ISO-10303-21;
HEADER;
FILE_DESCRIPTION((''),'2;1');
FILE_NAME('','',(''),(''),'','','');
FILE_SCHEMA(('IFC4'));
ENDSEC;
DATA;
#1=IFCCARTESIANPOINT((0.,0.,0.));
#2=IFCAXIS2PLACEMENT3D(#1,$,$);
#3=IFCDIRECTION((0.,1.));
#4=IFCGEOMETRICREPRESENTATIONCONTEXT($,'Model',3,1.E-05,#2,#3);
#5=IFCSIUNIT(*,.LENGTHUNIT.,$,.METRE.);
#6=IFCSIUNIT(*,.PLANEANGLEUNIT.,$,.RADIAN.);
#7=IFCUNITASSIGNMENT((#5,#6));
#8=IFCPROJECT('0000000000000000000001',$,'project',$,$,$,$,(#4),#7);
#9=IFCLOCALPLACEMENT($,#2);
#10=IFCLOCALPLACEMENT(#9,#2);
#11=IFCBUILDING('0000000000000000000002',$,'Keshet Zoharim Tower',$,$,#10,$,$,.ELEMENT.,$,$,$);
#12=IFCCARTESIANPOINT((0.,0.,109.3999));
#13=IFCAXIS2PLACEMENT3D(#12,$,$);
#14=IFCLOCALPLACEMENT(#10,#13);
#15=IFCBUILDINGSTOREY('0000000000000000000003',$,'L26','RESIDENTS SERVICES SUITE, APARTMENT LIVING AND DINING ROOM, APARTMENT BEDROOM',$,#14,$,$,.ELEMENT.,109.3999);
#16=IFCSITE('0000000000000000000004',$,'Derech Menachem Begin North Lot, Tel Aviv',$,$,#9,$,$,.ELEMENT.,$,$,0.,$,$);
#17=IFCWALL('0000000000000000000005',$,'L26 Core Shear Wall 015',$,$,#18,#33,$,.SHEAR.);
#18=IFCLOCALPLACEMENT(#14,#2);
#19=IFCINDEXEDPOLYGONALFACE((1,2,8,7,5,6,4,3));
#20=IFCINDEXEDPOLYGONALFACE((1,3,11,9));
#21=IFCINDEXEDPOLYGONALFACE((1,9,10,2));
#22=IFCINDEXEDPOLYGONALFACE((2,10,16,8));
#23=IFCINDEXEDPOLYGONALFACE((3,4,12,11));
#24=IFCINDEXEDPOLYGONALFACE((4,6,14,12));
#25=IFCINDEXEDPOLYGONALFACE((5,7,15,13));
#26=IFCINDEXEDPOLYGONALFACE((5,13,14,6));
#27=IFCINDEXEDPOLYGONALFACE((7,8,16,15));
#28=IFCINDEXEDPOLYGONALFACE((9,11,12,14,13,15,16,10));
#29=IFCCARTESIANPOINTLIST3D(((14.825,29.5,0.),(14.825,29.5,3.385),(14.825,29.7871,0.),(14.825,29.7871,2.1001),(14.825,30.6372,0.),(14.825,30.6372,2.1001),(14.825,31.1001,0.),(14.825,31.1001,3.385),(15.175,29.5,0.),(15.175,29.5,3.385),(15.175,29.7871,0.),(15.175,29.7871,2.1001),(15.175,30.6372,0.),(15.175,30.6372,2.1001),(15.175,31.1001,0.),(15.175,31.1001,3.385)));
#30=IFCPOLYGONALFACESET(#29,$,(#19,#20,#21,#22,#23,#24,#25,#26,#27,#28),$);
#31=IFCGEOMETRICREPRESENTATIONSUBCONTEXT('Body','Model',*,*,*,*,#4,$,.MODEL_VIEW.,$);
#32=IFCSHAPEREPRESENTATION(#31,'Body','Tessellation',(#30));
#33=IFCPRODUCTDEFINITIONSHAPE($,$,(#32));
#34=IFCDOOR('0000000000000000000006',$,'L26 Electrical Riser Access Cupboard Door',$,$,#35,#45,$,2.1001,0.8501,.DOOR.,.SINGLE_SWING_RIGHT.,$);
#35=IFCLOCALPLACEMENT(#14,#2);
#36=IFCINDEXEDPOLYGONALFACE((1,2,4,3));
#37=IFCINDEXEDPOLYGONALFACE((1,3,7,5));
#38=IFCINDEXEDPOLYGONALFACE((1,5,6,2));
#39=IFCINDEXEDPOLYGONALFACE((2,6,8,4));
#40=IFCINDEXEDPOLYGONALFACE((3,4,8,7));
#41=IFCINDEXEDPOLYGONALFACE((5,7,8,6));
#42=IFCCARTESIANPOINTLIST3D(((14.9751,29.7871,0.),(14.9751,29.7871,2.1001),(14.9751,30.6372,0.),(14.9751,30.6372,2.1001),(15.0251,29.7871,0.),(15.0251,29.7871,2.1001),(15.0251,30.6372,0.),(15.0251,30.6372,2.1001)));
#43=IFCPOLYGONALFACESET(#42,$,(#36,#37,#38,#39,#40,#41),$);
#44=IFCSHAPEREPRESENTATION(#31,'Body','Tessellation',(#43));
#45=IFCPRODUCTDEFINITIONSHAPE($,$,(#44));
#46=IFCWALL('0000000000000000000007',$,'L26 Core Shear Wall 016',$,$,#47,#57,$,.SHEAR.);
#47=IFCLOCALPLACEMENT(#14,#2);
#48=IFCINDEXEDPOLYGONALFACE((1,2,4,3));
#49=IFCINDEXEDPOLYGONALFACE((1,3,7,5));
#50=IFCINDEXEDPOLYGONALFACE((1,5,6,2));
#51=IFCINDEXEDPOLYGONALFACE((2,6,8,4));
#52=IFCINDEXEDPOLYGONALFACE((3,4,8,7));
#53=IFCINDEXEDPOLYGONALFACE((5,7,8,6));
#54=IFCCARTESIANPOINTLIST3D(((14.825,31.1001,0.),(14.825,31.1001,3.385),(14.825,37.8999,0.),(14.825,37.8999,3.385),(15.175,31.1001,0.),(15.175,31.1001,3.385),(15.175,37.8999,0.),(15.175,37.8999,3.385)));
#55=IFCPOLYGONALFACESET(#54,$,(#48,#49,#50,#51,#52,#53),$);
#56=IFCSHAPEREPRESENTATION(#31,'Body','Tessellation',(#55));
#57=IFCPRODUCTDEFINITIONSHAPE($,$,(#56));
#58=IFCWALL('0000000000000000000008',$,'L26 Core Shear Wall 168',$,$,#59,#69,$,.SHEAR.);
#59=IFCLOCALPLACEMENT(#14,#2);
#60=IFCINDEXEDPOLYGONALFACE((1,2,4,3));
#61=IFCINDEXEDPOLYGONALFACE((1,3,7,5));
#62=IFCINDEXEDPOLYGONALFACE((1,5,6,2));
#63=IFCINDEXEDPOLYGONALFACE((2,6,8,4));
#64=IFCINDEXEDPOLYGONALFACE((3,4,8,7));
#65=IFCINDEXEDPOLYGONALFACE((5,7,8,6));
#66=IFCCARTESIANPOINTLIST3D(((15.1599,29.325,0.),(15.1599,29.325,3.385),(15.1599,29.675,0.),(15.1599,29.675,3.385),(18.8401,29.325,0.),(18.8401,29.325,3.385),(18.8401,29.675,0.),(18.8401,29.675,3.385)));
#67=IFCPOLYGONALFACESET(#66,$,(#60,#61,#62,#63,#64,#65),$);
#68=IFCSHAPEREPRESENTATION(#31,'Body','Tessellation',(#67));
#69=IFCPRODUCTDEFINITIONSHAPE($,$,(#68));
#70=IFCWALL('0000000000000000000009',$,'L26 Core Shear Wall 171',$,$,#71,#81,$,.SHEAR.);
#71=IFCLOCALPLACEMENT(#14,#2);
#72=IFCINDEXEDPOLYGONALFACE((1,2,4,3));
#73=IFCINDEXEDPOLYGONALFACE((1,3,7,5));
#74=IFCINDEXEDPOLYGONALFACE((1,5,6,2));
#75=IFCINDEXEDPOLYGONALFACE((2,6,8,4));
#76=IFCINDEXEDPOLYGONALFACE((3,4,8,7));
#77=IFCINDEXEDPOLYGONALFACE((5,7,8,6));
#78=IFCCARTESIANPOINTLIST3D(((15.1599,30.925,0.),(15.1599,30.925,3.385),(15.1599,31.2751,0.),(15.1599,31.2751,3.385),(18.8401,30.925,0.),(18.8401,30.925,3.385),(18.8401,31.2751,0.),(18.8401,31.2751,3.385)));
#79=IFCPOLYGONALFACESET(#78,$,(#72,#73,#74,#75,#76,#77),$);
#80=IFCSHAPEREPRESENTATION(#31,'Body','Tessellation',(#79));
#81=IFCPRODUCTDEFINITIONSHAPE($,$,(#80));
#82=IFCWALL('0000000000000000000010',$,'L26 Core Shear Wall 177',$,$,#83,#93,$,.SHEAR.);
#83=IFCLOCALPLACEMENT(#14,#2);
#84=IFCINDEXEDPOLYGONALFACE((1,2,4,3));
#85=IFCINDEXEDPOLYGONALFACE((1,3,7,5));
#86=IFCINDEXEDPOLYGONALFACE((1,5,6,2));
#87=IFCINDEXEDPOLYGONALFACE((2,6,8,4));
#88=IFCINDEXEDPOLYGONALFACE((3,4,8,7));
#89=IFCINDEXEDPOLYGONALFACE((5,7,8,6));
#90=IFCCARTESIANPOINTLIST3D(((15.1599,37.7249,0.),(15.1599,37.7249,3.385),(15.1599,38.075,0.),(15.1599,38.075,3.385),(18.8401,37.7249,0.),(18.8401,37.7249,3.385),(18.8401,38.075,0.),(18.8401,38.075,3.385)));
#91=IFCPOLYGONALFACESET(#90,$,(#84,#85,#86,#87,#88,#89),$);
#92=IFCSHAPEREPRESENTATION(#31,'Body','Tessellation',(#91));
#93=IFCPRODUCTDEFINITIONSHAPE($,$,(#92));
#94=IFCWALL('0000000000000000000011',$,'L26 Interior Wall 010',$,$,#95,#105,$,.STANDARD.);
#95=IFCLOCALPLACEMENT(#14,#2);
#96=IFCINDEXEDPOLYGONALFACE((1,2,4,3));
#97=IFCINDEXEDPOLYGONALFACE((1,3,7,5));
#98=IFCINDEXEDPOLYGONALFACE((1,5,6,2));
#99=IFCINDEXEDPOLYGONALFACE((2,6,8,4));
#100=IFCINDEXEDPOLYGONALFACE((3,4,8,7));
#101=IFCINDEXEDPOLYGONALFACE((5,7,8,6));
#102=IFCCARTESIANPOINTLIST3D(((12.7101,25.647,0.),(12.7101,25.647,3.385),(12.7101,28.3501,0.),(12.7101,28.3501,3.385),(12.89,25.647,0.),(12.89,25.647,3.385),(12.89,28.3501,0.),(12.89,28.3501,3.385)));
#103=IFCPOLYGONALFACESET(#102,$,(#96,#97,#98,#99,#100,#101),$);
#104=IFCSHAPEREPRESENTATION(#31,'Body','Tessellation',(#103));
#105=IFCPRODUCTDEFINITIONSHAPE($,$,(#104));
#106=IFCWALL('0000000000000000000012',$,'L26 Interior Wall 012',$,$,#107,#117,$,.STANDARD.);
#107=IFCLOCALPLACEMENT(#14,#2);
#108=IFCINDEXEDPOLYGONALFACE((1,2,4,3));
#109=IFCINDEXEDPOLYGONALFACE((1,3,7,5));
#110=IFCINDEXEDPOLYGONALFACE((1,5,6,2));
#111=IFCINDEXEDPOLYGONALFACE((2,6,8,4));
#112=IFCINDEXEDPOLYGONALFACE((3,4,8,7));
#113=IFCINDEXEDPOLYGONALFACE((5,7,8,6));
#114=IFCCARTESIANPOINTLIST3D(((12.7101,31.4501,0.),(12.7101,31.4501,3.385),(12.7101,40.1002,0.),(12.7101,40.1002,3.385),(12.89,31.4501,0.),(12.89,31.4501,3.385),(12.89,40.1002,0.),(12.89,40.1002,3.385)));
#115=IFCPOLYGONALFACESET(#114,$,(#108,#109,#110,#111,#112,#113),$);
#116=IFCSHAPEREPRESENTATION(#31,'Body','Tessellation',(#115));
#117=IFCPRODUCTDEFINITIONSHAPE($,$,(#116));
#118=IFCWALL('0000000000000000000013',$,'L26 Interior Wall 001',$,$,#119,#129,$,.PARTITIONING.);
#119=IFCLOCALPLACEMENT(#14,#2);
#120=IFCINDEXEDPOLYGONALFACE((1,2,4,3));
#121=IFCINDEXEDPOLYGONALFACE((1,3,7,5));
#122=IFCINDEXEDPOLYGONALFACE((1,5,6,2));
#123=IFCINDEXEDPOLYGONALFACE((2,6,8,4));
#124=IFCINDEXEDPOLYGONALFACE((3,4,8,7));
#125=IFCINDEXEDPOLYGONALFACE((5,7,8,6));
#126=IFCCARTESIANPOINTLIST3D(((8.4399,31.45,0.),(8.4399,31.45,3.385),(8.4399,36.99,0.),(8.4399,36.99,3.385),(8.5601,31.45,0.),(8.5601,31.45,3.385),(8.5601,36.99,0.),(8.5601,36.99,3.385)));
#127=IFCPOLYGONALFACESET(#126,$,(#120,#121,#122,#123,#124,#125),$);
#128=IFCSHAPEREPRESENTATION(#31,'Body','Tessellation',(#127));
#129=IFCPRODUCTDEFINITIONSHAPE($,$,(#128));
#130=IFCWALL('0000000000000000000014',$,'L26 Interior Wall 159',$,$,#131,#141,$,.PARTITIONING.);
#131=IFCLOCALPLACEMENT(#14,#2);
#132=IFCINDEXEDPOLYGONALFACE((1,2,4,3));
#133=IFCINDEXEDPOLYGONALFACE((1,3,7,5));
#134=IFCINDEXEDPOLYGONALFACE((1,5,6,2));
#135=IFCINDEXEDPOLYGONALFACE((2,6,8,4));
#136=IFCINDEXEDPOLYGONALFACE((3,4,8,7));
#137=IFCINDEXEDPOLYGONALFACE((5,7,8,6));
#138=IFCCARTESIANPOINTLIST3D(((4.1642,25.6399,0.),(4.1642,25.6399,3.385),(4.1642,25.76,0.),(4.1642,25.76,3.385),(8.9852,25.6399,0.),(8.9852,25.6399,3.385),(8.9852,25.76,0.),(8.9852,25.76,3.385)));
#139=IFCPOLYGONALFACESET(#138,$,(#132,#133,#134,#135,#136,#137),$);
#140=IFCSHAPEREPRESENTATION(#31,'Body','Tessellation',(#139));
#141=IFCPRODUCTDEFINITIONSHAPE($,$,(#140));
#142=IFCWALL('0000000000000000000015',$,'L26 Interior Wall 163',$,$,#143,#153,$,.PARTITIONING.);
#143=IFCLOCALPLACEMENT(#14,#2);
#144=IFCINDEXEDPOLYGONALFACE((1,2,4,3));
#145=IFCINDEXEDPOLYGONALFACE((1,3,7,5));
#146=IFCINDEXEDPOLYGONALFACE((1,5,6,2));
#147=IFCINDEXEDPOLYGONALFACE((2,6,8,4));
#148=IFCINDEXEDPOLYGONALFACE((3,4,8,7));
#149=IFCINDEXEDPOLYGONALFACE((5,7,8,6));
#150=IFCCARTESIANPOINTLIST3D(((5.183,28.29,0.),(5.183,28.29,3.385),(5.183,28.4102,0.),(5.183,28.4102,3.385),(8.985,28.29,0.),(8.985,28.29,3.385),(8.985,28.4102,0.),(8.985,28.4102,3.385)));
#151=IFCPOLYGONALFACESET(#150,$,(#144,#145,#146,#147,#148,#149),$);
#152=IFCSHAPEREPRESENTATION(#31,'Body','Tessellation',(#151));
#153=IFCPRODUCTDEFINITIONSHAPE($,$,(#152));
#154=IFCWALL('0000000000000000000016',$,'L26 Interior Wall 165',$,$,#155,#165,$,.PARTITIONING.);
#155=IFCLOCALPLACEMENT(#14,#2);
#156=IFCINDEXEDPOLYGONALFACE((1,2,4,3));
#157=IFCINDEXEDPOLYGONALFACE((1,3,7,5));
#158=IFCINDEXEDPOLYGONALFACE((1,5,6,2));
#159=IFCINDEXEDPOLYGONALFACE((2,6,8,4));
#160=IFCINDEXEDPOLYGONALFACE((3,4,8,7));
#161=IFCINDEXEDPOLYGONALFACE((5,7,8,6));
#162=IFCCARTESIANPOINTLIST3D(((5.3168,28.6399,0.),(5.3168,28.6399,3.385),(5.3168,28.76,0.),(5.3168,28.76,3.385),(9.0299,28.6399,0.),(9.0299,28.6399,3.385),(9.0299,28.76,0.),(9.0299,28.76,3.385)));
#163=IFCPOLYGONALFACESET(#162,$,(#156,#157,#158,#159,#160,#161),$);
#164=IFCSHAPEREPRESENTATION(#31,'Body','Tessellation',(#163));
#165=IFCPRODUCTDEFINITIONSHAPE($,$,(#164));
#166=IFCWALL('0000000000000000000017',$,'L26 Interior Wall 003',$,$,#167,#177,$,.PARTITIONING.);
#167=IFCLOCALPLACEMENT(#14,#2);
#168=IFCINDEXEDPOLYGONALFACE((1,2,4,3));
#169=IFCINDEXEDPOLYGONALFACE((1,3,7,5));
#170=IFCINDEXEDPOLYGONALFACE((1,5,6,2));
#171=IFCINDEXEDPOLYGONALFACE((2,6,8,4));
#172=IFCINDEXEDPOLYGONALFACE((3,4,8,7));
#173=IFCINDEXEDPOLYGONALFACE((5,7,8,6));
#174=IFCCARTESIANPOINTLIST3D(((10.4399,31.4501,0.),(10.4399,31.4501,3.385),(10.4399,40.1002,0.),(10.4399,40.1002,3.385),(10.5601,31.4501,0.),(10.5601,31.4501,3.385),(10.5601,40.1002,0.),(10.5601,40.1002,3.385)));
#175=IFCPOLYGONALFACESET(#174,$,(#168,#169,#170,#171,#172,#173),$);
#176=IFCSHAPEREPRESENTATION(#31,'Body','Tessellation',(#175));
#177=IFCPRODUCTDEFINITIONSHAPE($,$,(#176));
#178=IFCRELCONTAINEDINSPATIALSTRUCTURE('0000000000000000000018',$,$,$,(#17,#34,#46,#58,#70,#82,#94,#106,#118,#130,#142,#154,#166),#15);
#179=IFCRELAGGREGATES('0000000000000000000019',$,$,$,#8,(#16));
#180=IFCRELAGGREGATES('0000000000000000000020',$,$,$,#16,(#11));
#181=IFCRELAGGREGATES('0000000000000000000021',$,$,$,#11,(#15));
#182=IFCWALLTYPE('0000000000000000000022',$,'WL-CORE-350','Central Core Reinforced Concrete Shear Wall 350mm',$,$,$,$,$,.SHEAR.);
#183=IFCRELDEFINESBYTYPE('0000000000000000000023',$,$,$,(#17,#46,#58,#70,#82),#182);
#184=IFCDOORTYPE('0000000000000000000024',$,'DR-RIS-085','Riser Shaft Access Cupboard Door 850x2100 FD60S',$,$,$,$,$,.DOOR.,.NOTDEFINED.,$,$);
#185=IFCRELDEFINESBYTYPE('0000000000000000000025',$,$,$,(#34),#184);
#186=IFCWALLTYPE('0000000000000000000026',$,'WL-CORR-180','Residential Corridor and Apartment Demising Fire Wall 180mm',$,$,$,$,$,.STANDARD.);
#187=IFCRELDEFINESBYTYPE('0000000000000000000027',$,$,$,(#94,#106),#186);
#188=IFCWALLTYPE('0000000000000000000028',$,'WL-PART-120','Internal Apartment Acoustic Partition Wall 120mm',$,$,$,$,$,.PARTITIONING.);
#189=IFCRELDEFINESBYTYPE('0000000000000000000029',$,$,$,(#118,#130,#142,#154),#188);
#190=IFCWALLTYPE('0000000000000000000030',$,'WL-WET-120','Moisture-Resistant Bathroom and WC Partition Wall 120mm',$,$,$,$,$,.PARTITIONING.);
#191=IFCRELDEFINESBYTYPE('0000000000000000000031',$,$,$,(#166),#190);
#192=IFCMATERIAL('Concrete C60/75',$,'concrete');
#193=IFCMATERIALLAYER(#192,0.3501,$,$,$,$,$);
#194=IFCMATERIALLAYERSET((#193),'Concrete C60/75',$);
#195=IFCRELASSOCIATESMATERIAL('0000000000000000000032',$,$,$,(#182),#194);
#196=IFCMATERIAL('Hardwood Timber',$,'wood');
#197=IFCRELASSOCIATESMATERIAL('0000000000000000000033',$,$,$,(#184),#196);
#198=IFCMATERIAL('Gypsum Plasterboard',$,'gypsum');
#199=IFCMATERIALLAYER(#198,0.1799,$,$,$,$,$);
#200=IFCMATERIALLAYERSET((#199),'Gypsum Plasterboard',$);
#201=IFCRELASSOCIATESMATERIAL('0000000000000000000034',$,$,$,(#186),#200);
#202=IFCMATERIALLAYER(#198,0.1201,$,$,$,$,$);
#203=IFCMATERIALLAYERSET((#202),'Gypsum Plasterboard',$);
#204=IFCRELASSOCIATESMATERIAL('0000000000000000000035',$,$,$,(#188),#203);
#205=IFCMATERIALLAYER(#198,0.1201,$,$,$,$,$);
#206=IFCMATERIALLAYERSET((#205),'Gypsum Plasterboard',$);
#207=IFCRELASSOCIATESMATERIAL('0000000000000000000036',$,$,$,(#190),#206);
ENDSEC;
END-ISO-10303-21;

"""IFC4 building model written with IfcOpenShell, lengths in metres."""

from ifc_helpers import new_model, si_unit, direction, frame, frame_2d, origin, place, context, subcontext, project, spatial, rectangle, extrude, material, layer, layer_set, type_object, element, fill, save


model = new_model("IFC4")

# Units and contexts
model_context = context("Model", 3, precision=1e-05, world=origin(), true_north=direction((0.0, 1.0)))
body_context = subcontext(model_context, "Body", "Model", "MODEL_VIEW")
ifc_project = project(units=[si_unit("LENGTHUNIT", "METRE"), si_unit("PLANEANGLEUNIT", "RADIAN")], contexts=[model_context])

# Site, building, storey
site_placement = place(None, origin())
site = spatial("IfcSite", under=ifc_project, at=site_placement, Name="Derech Menachem Begin North Lot, Tel Aviv", CompositionType="ELEMENT", RefElevation=0.0)
building_placement = place(site_placement, origin())
building = spatial("IfcBuilding", under=site, at=building_placement, Name="Keshet Zoharim Tower", CompositionType="ELEMENT")
storey_placement = place(building_placement, frame((0.0, 0.0, 109.3999)))
storey = spatial("IfcBuildingStorey", under=building, at=storey_placement, Name="L26", Description="RESIDENTS SERVICES SUITE, APARTMENT LIVING AND DINING ROOM, APARTMENT BEDROOM", CompositionType="ELEMENT", Elevation=109.3999)

# Wall, opening, door
ifc_material_1 = material(Name="Concrete C60/75", Category="concrete")
ifc_layer_1 = layer(ifc_material_1, 0.3501)
ifc_layer_set_1 = layer_set([ifc_layer_1], Name="Concrete C60/75")
wall_type_1 = type_object("IfcWallType", Name="WL-CORE-350", Description="Central Core Reinforced Concrete Shear Wall 350mm", PredefinedType="SHEAR", material=ifc_layer_set_1)
wall_1_placement = place(storey_placement, frame((15.0, 29.5, 0.0), z_axis=(0.0, 0.0, 1.0), x_axis=(0.0, 1.0, 0.0)))
wall_1 = element("IfcWall", 1, at=wall_1_placement, inside=storey, type_object=wall_type_1, Name="L26 Core Shear Wall 015", PredefinedType="SHEAR", context=body_context, shape_type="SweptSolid", body=[
    extrude(rectangle(XDim=1.6001, YDim=0.3501, at=frame_2d((0.8, 0.0))), origin(), (0.0, 0.0, 1.0), 3.385),
])
opening_1_placement = place(wall_1_placement, frame((0.2871, 0.0, 0.0)))
opening_1 = element("IfcOpeningElement", 2, at=opening_1_placement, cuts=wall_1, PredefinedType="OPENING", context=body_context, shape_type="SweptSolid", body=[
    extrude(rectangle(XDim=0.8501, YDim=2.1001, at=frame_2d((0.425, 1.05))), frame((0.0, 0.1851, 0.0), z_axis=(0.0, -1.0, 0.0), x_axis=(1.0, 0.0, 0.0)), (0.0, 0.0, 1.0), 0.3701),
])
ifc_material_2 = material(Name="Hardwood Timber", Category="wood")
door_type_1 = type_object("IfcDoorType", Name="DR-RIS-085", Description="Riser Shaft Access Cupboard Door 850x2100 FD60S", OperationType="NOTDEFINED", PredefinedType="DOOR", material=ifc_material_2)
door_1_placement = place(opening_1_placement, origin())
door_1 = element("IfcDoor", 3, at=door_1_placement, inside=storey, type_object=door_type_1, Name="L26 Electrical Riser Access Cupboard Door", OperationType="SINGLE_SWING_RIGHT", OverallHeight=2.1001, OverallWidth=0.8501, PredefinedType="DOOR", context=body_context, shape_type="SweptSolid", body=[
    extrude(rectangle(XDim=0.8501, YDim=2.1001, at=frame_2d((0.425, 1.05))), frame((0.0, 0.0249, 0.0), z_axis=(0.0, -1.0, 0.0), x_axis=(1.0, 0.0, 0.0)), (0.0, 0.0, 1.0), 0.05),
])
fill(opening_1, door_1)

# Walls
wall_2_placement = place(storey_placement, frame((15.0, 31.1001, 0.0), z_axis=(0.0, 0.0, 1.0), x_axis=(0.0, 1.0, 0.0)))
element("IfcWall", 4, at=wall_2_placement, inside=storey, type_object=wall_type_1, Name="L26 Core Shear Wall 016", PredefinedType="SHEAR", context=body_context, shape_type="SweptSolid", body=[
    extrude(rectangle(XDim=6.7998, YDim=0.3501, at=frame_2d((3.3999, 0.0))), origin(), (0.0, 0.0, 1.0), 3.385),
])
for number, where, z_axis, x_axis, name in (
    (5, (15.1599, 29.5, 0.0), (0.0, 0.0, 1.0), (1.0, 0.0, 0.0), "L26 Core Shear Wall 168"),
    (6, (15.1599, 31.1001, 0.0), (0.0, 0.0, 1.0), (1.0, 0.0, 0.0), "L26 Core Shear Wall 171"),
    (7, (15.1599, 37.8999, 0.0), (0.0, 0.0, 1.0), (1.0, 0.0, 0.0), "L26 Core Shear Wall 177"),
):
    element("IfcWall", number, at=place(storey_placement, frame(where, z_axis=z_axis, x_axis=x_axis)), inside=storey, type_object=wall_type_1, Name=name, PredefinedType="SHEAR", context=body_context, shape_type="SweptSolid", body=[
        extrude(rectangle(XDim=3.6802, YDim=0.3501, at=frame_2d((1.8401, 0.0))), origin(), (0.0, 0.0, 1.0), 3.385),
    ])
ifc_material_3 = material(Name="Gypsum Plasterboard", Category="gypsum")
ifc_layer_2 = layer(ifc_material_3, 0.1799)
ifc_layer_set_2 = layer_set([ifc_layer_2], Name="Gypsum Plasterboard")
wall_type_2 = type_object("IfcWallType", Name="WL-CORR-180", Description="Residential Corridor and Apartment Demising Fire Wall 180mm", PredefinedType="STANDARD", material=ifc_layer_set_2)
wall_3_placement = place(storey_placement, frame((12.8, 25.647, 0.0), z_axis=(0.0, 0.0, 1.0), x_axis=(0.0, 1.0, 0.0)))
element("IfcWall", 8, at=wall_3_placement, inside=storey, type_object=wall_type_2, Name="L26 Interior Wall 010", PredefinedType="STANDARD", context=body_context, shape_type="SweptSolid", body=[
    extrude(rectangle(XDim=2.7031, YDim=0.1799, at=frame_2d((1.3516, 0.0))), origin(), (0.0, 0.0, 1.0), 3.385),
])

# Walls
wall_4_placement = place(storey_placement, frame((12.8, 31.45, 0.0), z_axis=(0.0, 0.0, 1.0), x_axis=(0.0, 1.0, 0.0)))
element("IfcWall", 9, at=wall_4_placement, inside=storey, type_object=wall_type_2, Name="L26 Interior Wall 012", PredefinedType="STANDARD", context=body_context, shape_type="SweptSolid", body=[
    extrude(rectangle(XDim=8.6501, YDim=0.1799, at=frame_2d((4.3252, 0.0))), origin(), (0.0, 0.0, 1.0), 3.385),
])
ifc_layer_3 = layer(ifc_material_3, 0.1201)
ifc_layer_set_3 = layer_set([ifc_layer_3], Name="Gypsum Plasterboard")
wall_type_3 = type_object("IfcWallType", Name="WL-PART-120", Description="Internal Apartment Acoustic Partition Wall 120mm", PredefinedType="PARTITIONING", material=ifc_layer_set_3)
wall_5_placement = place(storey_placement, frame((8.5, 31.45, 0.0), z_axis=(0.0, 0.0, 1.0), x_axis=(0.0, 1.0, 0.0)))
element("IfcWall", 10, at=wall_5_placement, inside=storey, type_object=wall_type_3, Name="L26 Interior Wall 001", PredefinedType="PARTITIONING", context=body_context, shape_type="SweptSolid", body=[
    extrude(rectangle(XDim=5.54, YDim=0.1201, at=frame_2d((2.77, 0.0))), origin(), (0.0, 0.0, 1.0), 3.385),
])

# Walls
wall_6_placement = place(storey_placement, frame((4.1641, 25.7, 0.0), z_axis=(0.0, 0.0, 1.0), x_axis=(1.0, 0.0, 0.0)))
element("IfcWall", 11, at=wall_6_placement, inside=storey, type_object=wall_type_3, Name="L26 Interior Wall 159", PredefinedType="PARTITIONING", context=body_context, shape_type="SweptSolid", body=[
    extrude(rectangle(XDim=4.821, YDim=0.1201, at=frame_2d((2.4106, 0.0))), origin(), (0.0, 0.0, 1.0), 3.385),
])
wall_7_placement = place(storey_placement, frame((5.1831, 28.3501, 0.0), z_axis=(0.0, 0.0, 1.0), x_axis=(1.0, 0.0, 0.0)))
element("IfcWall", 12, at=wall_7_placement, inside=storey, type_object=wall_type_3, Name="L26 Interior Wall 163", PredefinedType="PARTITIONING", context=body_context, shape_type="SweptSolid", body=[
    extrude(rectangle(XDim=3.802, YDim=0.1201, at=frame_2d((1.9009, 0.0))), origin(), (0.0, 0.0, 1.0), 3.385),
])
wall_8_placement = place(storey_placement, frame((5.3169, 28.7, 0.0), z_axis=(0.0, 0.0, 1.0), x_axis=(1.0, 0.0, 0.0)))
element("IfcWall", 13, at=wall_8_placement, inside=storey, type_object=wall_type_3, Name="L26 Interior Wall 165", PredefinedType="PARTITIONING", context=body_context, shape_type="SweptSolid", body=[
    extrude(rectangle(XDim=3.7131, YDim=0.1201, at=frame_2d((1.8564, 0.0))), origin(), (0.0, 0.0, 1.0), 3.385),
])

# Wall
ifc_layer_4 = layer(ifc_material_3, 0.1201)
ifc_layer_set_4 = layer_set([ifc_layer_4], Name="Gypsum Plasterboard")
wall_type_4 = type_object("IfcWallType", Name="WL-WET-120", Description="Moisture-Resistant Bathroom and WC Partition Wall 120mm", PredefinedType="PARTITIONING", material=ifc_layer_set_4)
wall_9_placement = place(storey_placement, frame((10.5, 31.45, 0.0), z_axis=(0.0, 0.0, 1.0), x_axis=(0.0, 1.0, 0.0)))
element("IfcWall", 14, at=wall_9_placement, inside=storey, type_object=wall_type_4, Name="L26 Interior Wall 003", PredefinedType="PARTITIONING", context=body_context, shape_type="SweptSolid", body=[
    extrude(rectangle(XDim=8.6501, YDim=0.1201, at=frame_2d((4.3252, 0.0))), origin(), (0.0, 0.0, 1.0), 3.385),
])

save(model, "model.ifc")
